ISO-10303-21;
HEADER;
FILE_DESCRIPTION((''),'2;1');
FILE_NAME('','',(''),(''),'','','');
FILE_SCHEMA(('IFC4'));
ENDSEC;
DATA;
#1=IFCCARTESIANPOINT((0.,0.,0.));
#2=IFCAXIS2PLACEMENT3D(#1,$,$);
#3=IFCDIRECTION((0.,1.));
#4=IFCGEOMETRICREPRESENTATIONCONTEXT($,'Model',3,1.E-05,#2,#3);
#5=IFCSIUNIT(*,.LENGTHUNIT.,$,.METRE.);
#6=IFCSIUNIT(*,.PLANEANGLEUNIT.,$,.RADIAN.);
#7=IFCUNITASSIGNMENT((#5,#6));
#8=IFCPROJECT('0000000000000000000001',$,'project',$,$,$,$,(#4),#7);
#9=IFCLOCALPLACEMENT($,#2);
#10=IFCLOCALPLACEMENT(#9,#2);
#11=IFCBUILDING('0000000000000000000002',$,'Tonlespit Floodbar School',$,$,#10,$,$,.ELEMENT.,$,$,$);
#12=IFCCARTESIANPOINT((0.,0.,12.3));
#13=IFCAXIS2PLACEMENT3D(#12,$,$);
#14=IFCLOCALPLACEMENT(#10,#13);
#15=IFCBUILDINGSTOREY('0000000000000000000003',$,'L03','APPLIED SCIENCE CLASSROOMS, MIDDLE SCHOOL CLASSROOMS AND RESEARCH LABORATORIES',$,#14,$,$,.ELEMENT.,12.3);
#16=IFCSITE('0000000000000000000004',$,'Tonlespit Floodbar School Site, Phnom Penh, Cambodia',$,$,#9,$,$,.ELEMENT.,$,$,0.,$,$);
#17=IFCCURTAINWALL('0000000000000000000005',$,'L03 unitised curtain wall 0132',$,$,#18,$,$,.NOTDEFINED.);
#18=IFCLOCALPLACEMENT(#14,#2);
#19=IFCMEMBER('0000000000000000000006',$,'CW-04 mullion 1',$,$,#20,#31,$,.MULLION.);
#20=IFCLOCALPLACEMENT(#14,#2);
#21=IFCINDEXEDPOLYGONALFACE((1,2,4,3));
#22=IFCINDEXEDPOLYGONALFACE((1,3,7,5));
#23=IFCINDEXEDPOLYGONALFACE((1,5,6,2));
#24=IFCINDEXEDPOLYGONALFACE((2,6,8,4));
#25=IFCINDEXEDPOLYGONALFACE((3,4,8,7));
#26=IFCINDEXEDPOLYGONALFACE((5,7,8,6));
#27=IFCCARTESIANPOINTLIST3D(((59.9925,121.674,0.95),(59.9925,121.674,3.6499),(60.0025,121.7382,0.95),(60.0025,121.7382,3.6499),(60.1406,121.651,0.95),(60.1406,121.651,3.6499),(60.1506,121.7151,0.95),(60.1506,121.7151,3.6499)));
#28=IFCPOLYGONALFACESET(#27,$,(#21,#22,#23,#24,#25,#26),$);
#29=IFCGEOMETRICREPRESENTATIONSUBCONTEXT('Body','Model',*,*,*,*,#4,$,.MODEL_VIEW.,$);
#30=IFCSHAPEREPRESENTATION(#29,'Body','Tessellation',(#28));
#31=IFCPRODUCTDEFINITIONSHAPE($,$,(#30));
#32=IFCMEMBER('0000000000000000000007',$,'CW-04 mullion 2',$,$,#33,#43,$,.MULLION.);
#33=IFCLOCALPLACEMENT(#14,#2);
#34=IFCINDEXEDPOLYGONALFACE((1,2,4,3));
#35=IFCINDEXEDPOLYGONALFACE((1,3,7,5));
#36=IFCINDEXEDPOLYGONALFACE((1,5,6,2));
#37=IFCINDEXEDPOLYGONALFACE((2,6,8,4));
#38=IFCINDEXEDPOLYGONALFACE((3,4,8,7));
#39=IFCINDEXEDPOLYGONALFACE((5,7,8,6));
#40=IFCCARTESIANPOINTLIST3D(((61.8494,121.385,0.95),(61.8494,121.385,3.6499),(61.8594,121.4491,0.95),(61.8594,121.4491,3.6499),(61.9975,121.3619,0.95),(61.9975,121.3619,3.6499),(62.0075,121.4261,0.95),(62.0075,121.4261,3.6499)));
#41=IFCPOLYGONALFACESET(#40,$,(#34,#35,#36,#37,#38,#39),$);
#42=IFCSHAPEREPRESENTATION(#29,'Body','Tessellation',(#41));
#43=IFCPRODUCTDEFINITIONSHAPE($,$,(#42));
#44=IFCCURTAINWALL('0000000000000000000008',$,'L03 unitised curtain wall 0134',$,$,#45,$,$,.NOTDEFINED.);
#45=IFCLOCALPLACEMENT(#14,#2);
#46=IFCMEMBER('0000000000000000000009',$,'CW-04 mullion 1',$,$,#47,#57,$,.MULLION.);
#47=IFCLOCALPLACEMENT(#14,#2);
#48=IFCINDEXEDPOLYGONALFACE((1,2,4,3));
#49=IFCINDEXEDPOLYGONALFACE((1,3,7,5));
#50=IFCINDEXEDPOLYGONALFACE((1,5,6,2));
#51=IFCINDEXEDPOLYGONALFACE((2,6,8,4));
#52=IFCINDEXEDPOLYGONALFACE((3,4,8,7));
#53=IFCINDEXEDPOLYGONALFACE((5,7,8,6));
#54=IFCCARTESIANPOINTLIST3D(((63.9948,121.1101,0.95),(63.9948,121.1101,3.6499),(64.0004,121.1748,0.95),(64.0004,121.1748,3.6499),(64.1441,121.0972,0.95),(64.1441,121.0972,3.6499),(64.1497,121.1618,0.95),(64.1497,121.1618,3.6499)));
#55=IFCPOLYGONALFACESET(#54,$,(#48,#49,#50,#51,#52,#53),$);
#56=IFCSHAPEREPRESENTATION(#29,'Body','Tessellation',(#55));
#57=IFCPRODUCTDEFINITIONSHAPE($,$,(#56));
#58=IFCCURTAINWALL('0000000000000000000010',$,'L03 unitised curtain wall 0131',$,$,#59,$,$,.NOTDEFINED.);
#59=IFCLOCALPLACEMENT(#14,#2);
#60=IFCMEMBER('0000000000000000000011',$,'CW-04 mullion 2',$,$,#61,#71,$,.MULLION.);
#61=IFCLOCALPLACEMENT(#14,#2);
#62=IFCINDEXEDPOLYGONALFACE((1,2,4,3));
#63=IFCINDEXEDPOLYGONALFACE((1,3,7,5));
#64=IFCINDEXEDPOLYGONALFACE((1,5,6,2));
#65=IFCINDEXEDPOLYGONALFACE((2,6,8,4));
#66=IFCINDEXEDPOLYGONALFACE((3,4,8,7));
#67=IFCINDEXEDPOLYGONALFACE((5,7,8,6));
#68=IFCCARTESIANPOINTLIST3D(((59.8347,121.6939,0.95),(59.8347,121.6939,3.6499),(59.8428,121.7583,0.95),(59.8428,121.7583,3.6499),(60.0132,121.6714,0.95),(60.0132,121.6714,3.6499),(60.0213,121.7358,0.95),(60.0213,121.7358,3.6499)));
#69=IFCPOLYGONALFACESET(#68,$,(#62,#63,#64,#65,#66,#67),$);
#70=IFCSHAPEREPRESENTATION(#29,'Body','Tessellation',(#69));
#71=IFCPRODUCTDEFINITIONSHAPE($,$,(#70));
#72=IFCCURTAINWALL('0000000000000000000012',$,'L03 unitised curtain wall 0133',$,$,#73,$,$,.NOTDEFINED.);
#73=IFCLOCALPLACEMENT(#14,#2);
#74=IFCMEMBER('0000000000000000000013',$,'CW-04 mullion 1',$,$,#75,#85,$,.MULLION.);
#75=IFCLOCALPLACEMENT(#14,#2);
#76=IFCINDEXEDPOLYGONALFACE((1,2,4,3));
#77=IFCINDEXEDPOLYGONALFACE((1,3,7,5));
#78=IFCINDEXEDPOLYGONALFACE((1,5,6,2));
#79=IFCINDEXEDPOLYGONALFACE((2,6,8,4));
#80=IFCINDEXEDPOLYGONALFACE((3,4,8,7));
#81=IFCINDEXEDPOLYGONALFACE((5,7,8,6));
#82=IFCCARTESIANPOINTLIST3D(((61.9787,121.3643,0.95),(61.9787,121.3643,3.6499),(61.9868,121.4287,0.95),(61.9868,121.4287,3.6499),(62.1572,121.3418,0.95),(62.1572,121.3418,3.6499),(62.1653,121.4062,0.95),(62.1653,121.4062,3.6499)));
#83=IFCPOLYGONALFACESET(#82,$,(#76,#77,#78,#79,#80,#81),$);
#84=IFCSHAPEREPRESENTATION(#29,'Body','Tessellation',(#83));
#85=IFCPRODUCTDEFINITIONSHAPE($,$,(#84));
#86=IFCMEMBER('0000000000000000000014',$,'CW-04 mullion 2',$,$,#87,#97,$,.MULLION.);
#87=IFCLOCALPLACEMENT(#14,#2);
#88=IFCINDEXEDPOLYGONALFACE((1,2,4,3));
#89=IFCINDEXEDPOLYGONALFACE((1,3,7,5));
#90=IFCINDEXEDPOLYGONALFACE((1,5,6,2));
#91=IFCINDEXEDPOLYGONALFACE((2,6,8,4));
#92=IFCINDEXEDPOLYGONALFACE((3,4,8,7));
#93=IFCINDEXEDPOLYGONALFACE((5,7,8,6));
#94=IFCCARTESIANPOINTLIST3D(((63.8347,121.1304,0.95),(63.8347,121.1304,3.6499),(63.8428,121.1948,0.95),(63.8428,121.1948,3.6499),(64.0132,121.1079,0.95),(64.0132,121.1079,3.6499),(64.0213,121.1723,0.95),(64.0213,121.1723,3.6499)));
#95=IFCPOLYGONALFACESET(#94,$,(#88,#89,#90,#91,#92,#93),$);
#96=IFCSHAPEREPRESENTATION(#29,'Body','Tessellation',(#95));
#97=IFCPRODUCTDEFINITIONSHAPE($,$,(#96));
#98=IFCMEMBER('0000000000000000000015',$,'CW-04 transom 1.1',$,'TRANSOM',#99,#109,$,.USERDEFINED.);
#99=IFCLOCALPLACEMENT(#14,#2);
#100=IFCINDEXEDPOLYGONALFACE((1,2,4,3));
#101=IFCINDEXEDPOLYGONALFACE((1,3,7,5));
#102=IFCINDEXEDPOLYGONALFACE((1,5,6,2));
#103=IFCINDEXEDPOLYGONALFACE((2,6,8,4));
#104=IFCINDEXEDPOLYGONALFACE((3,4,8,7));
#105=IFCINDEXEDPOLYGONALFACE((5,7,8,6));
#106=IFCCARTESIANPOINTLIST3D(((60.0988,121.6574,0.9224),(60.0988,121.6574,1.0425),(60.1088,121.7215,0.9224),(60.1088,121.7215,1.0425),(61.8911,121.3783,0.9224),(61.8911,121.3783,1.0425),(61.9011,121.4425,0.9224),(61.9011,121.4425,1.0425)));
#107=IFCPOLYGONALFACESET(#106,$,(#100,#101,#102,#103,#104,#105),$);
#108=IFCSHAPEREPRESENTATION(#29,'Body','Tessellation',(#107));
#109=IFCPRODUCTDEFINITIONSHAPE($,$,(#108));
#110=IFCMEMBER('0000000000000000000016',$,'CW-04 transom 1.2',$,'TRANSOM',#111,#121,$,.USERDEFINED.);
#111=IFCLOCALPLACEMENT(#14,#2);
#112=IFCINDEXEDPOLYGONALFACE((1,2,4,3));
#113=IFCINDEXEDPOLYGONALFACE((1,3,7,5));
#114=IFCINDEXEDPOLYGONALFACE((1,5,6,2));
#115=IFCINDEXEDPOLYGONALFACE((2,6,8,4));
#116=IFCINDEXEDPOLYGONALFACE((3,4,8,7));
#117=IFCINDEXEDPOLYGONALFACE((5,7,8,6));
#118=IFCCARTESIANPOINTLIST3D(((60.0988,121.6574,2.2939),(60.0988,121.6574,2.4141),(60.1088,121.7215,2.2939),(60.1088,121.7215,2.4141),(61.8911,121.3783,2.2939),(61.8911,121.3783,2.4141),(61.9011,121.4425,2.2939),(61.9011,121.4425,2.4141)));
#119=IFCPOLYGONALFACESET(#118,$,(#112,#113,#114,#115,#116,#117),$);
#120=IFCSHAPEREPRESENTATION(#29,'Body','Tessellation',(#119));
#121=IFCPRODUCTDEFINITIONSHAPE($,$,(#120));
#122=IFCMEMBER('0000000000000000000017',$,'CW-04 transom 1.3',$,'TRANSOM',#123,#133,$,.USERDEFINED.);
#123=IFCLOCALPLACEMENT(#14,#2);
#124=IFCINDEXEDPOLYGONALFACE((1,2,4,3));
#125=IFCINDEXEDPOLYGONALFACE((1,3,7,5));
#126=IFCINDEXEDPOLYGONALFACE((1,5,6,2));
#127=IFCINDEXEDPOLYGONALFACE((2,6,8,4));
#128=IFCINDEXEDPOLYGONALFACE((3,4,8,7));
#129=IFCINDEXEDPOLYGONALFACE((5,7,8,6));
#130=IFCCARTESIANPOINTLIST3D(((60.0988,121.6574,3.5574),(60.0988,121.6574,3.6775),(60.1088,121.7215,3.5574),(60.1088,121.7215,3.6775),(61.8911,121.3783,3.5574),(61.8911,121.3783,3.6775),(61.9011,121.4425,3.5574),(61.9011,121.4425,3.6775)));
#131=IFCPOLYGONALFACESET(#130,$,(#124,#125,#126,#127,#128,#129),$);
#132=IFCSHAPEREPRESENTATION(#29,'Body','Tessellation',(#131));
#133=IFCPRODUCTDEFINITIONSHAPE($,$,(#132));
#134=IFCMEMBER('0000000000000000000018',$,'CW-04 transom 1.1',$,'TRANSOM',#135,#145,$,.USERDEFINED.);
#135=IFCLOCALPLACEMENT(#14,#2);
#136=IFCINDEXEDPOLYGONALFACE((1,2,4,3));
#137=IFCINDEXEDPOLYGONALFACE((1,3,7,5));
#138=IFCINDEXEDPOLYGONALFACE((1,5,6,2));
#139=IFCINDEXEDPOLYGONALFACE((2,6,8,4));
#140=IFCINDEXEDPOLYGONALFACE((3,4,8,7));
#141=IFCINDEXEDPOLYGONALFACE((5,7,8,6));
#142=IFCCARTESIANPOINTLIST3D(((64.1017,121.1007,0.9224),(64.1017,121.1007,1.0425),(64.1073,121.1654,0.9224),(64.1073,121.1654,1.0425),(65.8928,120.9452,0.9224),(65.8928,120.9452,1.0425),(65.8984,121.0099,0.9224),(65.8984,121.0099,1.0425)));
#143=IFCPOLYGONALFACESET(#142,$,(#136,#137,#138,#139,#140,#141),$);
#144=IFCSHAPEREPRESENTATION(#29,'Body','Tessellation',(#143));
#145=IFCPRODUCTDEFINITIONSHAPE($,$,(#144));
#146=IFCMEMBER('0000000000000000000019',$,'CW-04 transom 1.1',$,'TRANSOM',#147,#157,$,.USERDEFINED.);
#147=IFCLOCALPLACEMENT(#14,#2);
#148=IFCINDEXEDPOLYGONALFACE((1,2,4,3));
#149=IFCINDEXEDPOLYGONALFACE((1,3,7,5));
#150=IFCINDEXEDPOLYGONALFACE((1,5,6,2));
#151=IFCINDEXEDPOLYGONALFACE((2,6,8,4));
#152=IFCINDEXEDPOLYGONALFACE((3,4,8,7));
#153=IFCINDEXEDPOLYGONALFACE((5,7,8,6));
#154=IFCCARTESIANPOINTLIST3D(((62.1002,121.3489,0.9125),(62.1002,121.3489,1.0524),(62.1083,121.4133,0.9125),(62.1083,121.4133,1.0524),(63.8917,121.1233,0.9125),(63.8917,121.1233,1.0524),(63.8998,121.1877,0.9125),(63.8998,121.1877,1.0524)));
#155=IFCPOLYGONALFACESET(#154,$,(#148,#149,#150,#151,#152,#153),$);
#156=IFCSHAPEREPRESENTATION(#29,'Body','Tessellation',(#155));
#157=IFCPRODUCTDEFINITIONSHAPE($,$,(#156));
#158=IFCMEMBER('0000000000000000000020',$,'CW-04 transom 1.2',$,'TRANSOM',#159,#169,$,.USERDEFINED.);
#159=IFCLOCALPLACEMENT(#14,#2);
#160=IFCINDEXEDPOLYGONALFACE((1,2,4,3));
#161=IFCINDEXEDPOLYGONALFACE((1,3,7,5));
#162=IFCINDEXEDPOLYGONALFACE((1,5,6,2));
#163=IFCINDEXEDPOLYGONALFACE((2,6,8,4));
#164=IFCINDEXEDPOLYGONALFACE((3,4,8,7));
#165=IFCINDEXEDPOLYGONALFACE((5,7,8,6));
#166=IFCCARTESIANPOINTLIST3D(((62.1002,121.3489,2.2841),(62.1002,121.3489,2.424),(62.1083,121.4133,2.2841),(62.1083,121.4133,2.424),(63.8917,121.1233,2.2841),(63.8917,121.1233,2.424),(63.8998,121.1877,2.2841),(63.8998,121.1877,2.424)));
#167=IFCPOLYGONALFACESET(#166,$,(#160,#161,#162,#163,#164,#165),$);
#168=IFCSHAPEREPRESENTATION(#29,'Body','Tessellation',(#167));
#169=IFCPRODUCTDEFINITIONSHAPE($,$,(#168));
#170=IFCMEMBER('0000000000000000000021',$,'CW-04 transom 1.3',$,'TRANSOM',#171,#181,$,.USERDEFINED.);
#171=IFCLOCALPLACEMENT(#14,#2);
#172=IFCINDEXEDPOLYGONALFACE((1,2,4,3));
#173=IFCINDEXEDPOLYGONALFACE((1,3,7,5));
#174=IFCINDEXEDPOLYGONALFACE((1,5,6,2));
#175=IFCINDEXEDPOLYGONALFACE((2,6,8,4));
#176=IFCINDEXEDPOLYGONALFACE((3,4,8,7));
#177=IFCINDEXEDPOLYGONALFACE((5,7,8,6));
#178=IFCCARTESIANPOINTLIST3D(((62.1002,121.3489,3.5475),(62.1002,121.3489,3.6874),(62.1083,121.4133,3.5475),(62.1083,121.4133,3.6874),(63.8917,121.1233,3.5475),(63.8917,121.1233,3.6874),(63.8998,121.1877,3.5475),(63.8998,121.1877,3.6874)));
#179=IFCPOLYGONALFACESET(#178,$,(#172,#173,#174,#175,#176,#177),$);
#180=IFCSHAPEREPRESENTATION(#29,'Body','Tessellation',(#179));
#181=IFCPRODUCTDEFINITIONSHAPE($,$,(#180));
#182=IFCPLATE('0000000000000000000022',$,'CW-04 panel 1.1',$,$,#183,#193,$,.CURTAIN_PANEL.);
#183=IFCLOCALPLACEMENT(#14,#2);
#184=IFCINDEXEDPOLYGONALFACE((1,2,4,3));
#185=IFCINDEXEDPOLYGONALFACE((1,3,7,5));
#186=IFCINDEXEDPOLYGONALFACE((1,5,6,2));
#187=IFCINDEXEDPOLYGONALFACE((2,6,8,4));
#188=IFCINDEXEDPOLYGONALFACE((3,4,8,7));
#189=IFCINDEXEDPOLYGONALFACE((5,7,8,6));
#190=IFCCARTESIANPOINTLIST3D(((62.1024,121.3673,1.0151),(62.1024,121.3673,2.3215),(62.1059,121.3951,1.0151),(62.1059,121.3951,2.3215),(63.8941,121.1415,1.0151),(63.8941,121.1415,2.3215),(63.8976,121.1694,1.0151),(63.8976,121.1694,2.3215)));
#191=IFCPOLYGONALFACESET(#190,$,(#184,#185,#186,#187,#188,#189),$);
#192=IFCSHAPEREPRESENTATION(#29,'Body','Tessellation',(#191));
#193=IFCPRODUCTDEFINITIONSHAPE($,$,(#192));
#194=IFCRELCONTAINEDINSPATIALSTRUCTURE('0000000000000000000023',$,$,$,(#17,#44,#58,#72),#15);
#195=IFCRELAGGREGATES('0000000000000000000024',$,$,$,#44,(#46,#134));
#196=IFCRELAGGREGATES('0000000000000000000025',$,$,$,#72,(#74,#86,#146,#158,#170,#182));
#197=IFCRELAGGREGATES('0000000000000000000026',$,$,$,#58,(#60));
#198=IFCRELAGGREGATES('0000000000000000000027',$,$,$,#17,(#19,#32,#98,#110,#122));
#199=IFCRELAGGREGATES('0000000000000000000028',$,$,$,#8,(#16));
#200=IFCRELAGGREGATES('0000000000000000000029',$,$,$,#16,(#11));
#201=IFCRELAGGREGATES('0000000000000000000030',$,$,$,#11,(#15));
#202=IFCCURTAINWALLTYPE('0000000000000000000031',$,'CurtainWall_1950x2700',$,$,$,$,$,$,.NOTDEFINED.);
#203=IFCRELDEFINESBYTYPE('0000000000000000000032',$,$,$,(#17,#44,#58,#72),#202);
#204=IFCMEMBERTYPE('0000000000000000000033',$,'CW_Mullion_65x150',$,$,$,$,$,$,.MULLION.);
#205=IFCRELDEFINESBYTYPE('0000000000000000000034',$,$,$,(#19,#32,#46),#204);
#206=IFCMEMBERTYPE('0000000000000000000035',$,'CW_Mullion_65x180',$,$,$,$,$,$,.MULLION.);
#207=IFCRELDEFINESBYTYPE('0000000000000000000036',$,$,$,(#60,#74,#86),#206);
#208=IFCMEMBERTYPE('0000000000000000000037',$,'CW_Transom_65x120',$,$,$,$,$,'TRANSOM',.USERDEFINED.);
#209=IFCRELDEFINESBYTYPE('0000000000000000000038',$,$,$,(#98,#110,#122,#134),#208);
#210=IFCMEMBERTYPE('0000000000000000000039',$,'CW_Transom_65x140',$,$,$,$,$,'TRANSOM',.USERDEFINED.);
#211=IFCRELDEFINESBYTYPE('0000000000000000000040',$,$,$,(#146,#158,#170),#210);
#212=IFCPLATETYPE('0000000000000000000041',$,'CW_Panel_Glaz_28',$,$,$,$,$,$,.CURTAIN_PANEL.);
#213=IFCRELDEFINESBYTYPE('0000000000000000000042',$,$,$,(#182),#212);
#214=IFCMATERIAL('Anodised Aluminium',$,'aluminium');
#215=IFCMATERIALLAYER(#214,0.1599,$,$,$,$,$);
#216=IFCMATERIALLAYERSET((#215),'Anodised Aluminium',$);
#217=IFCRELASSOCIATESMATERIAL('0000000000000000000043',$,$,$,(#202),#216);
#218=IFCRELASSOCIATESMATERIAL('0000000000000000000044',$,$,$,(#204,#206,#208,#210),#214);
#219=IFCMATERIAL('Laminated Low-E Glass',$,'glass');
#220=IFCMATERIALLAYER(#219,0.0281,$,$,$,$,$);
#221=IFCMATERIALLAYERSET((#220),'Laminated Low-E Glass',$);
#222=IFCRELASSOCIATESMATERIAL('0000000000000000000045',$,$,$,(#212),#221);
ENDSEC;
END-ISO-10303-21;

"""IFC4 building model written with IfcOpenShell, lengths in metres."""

from ifc_helpers import new_model, si_unit, direction, frame, origin, origin_2d, place, context, subcontext, project, spatial, rectangle, extrude, material, layer, layer_set, material_profile, profile_set, type_object, element, aggregate, save


model = new_model("IFC4")

# Units and contexts
model_context = context("Model", 3, precision=1e-05, world=origin(), true_north=direction((0.0, 1.0)))
body_context = subcontext(model_context, "Body", "Model", "MODEL_VIEW")
ifc_project = project(units=[si_unit("LENGTHUNIT", "METRE"), si_unit("PLANEANGLEUNIT", "RADIAN")], contexts=[model_context])

# Site, building, storey
site_placement = place(None, origin())
site = spatial("IfcSite", under=ifc_project, at=site_placement, Name="Tonlespit Floodbar School Site, Phnom Penh, Cambodia", CompositionType="ELEMENT", RefElevation=0.0)
building_placement = place(site_placement, origin())
building = spatial("IfcBuilding", under=site, at=building_placement, Name="Tonlespit Floodbar School", CompositionType="ELEMENT")
storey_placement = place(building_placement, frame((0.0, 0.0, 12.3)))
storey = spatial("IfcBuildingStorey", under=building, at=storey_placement, Name="L03", Description="APPLIED SCIENCE CLASSROOMS, MIDDLE SCHOOL CLASSROOMS AND RESEARCH LABORATORIES", CompositionType="ELEMENT", Elevation=12.3)

# Curtain wall, members
ifc_material_1 = material(Name="Anodised Aluminium", Category="aluminium")
ifc_layer_1 = layer(ifc_material_1, 0.1599)
ifc_layer_set_1 = layer_set([ifc_layer_1], Name="Anodised Aluminium")
curtain_wall_type = type_object("IfcCurtainWallType", Name="CurtainWall_1950x2700", PredefinedType="NOTDEFINED", material=ifc_layer_set_1)
curtain_wall_1_placement = place(storey_placement, origin())
curtain_wall_1 = element("IfcCurtainWall", 1, at=curtain_wall_1_placement, inside=storey, type_object=curtain_wall_type, Name="L03 unitised curtain wall 0132", PredefinedType="NOTDEFINED")
ifc_material_profile_1 = material_profile(ifc_material_1, rectangle(XDim=0.0649, YDim=0.1499, at=origin_2d()), Name="ALU M65x150")
ifc_profile_set_1 = profile_set([ifc_material_profile_1], Name="Anodised Aluminium")
member_type_1 = type_object("IfcMemberType", Name="CW_Mullion_65x150", PredefinedType="MULLION", material=ifc_profile_set_1)
member_1_placement = place(storey_placement, frame((60.0715, 121.6946, 0.95), z_axis=(0.0, 0.0, 1.0), x_axis=(0.153796, 0.988103, 0.0)))
member_1 = element("IfcMember", 2, at=member_1_placement, type_object=member_type_1, Name="CW-04 mullion 1", PredefinedType="MULLION", context=body_context, shape_type="SweptSolid", body=[
    extrude(rectangle(XDim=0.0649, YDim=0.1499, at=origin_2d()), origin(), (0.0, 0.0, 1.0), 2.7),
])
member_2_placement = place(storey_placement, frame((61.9285, 121.4055, 0.95), z_axis=(0.0, 0.0, 1.0), x_axis=(0.153796, 0.988103, 0.0)))
member_2 = element("IfcMember", 3, at=member_2_placement, type_object=member_type_1, Name="CW-04 mullion 2", PredefinedType="MULLION", context=body_context, shape_type="SweptSolid", body=[
    extrude(rectangle(XDim=0.0649, YDim=0.1499, at=origin_2d()), origin(), (0.0, 0.0, 1.0), 2.7),
])

# Curtain walls, members
curtain_wall_2_placement = place(storey_placement, origin())
curtain_wall_2 = element("IfcCurtainWall", 4, at=curtain_wall_2_placement, inside=storey, type_object=curtain_wall_type, Name="L03 unitised curtain wall 0134", PredefinedType="NOTDEFINED")
member_3_placement = place(storey_placement, frame((64.0723, 121.136, 0.95), z_axis=(0.0, 0.0, 1.0), x_axis=(0.086531, 0.996249, 0.0)))
member_3 = element("IfcMember", 5, at=member_3_placement, type_object=member_type_1, Name="CW-04 mullion 1", PredefinedType="MULLION", context=body_context, shape_type="SweptSolid", body=[
    extrude(rectangle(XDim=0.0649, YDim=0.1499, at=origin_2d()), origin(), (0.0, 0.0, 1.0), 2.7),
])
curtain_wall_3_placement = place(storey_placement, origin())
curtain_wall_3 = element("IfcCurtainWall", 6, at=curtain_wall_3_placement, inside=storey, type_object=curtain_wall_type, Name="L03 unitised curtain wall 0131", PredefinedType="NOTDEFINED")
ifc_material_profile_2 = material_profile(ifc_material_1, rectangle(XDim=0.0649, YDim=0.1799, at=origin_2d()), Name="ALU M65x180")
ifc_profile_set_2 = profile_set([ifc_material_profile_2], Name="Anodised Aluminium")
member_type_2 = type_object("IfcMemberType", Name="CW_Mullion_65x180", PredefinedType="MULLION", material=ifc_profile_set_2)
member_4_placement = place(storey_placement, frame((59.928, 121.7148, 0.95), z_axis=(0.0, 0.0, 1.0), x_axis=(0.125014, 0.992155, 0.0)))
member_4 = element("IfcMember", 7, at=member_4_placement, type_object=member_type_2, Name="CW-04 mullion 2", PredefinedType="MULLION", context=body_context, shape_type="SweptSolid", body=[
    extrude(rectangle(XDim=0.0649, YDim=0.1799, at=origin_2d()), origin(), (0.0, 0.0, 1.0), 2.7),
])

# Curtain wall, members
curtain_wall_4_placement = place(storey_placement, origin())
curtain_wall_4 = element("IfcCurtainWall", 8, at=curtain_wall_4_placement, inside=storey, type_object=curtain_wall_type, Name="L03 unitised curtain wall 0133", PredefinedType="NOTDEFINED")
member_5_placement = place(storey_placement, frame((62.072, 121.3853, 0.95), z_axis=(0.0, 0.0, 1.0), x_axis=(0.125014, 0.992155, 0.0)))
member_5 = element("IfcMember", 9, at=member_5_placement, type_object=member_type_2, Name="CW-04 mullion 1", PredefinedType="MULLION", context=body_context, shape_type="SweptSolid", body=[
    extrude(rectangle(XDim=0.0649, YDim=0.1799, at=origin_2d()), origin(), (0.0, 0.0, 1.0), 2.7),
])
member_6_placement = place(storey_placement, frame((63.928, 121.1514, 0.95), z_axis=(0.0, 0.0, 1.0), x_axis=(0.125014, 0.992155, 0.0)))
member_6 = element("IfcMember", 10, at=member_6_placement, type_object=member_type_2, Name="CW-04 mullion 2", PredefinedType="MULLION", context=body_context, shape_type="SweptSolid", body=[
    extrude(rectangle(XDim=0.0649, YDim=0.1799, at=origin_2d()), origin(), (0.0, 0.0, 1.0), 2.7),
])

# Members
ifc_material_profile_3 = material_profile(ifc_material_1, rectangle(XDim=0.0649, YDim=0.1201, at=origin_2d()), Name="ALU T65x120")
ifc_profile_set_3 = profile_set([ifc_material_profile_3], Name="Anodised Aluminium")
member_type_3 = type_object("IfcMemberType", Name="CW_Transom_65x120", ElementType="TRANSOM", PredefinedType="USERDEFINED", material=ifc_profile_set_3)
member_7_placement = place(storey_placement, frame((60.1038, 121.6895, 0.9824), z_axis=(0.988098, -0.153827, 0.0), x_axis=(0.153827, 0.988098, 0.0)))
member_7 = element("IfcMember", 11, at=member_7_placement, type_object=member_type_3, Name="CW-04 transom 1.1", ObjectType="TRANSOM", PredefinedType="USERDEFINED", context=body_context, shape_type="SweptSolid", body=[
    extrude(rectangle(XDim=0.0649, YDim=0.1201, at=origin_2d()), origin(), (0.0, 0.0, 1.0), 1.814),
])
member_8_placement = place(storey_placement, frame((60.1038, 121.6895, 2.354), z_axis=(0.988098, -0.153827, 0.0), x_axis=(0.153827, 0.988098, 0.0)))
member_8 = element("IfcMember", 12, at=member_8_placement, type_object=member_type_3, Name="CW-04 transom 1.2", ObjectType="TRANSOM", PredefinedType="USERDEFINED", context=body_context, shape_type="SweptSolid", body=[
    extrude(rectangle(XDim=0.0649, YDim=0.1201, at=origin_2d()), origin(), (0.0, 0.0, 1.0), 1.814),
])
member_9_placement = place(storey_placement, frame((60.1038, 121.6895, 3.6174), z_axis=(0.988098, -0.153827, 0.0), x_axis=(0.153827, 0.988098, 0.0)))
member_9 = element("IfcMember", 13, at=member_9_placement, type_object=member_type_3, Name="CW-04 transom 1.3", ObjectType="TRANSOM", PredefinedType="USERDEFINED", context=body_context, shape_type="SweptSolid", body=[
    extrude(rectangle(XDim=0.0649, YDim=0.1201, at=origin_2d()), origin(), (0.0, 0.0, 1.0), 1.814),
])
member_10_placement = place(storey_placement, frame((64.1045, 121.1331, 0.9824), z_axis=(0.996251, -0.086507, 0.0), x_axis=(0.086507, 0.996251, 0.0)))
member_10 = element("IfcMember", 14, at=member_10_placement, type_object=member_type_3, Name="CW-04 transom 1.1", ObjectType="TRANSOM", PredefinedType="USERDEFINED", context=body_context, shape_type="SweptSolid", body=[
    extrude(rectangle(XDim=0.0649, YDim=0.1201, at=origin_2d()), origin(), (0.0, 0.0, 1.0), 1.7979),
])
aggregate(curtain_wall_2, [member_3, member_10])
ifc_material_profile_4 = material_profile(ifc_material_1, rectangle(XDim=0.0649, YDim=0.1399, at=origin_2d()), Name="ALU T65x140")
ifc_profile_set_4 = profile_set([ifc_material_profile_4], Name="Anodised Aluminium")
member_type_4 = type_object("IfcMemberType", Name="CW_Transom_65x140", ElementType="TRANSOM", PredefinedType="USERDEFINED", material=ifc_profile_set_4)
member_11_placement = place(storey_placement, frame((62.1042, 121.3811, 0.9824), z_axis=(0.992165, -0.124933, 0.0), x_axis=(0.124933, 0.992165, 0.0)))
member_11 = element("IfcMember", 15, at=member_11_placement, type_object=member_type_4, Name="CW-04 transom 1.1", ObjectType="TRANSOM", PredefinedType="USERDEFINED", context=body_context, shape_type="SweptSolid", body=[
    extrude(rectangle(XDim=0.0649, YDim=0.1399, at=origin_2d()), origin(), (0.0, 0.0, 1.0), 1.8057),
])
member_12_placement = place(storey_placement, frame((62.1042, 121.3811, 2.354), z_axis=(0.992165, -0.124933, 0.0), x_axis=(0.124933, 0.992165, 0.0)))
member_12 = element("IfcMember", 16, at=member_12_placement, type_object=member_type_4, Name="CW-04 transom 1.2", ObjectType="TRANSOM", PredefinedType="USERDEFINED", context=body_context, shape_type="SweptSolid", body=[
    extrude(rectangle(XDim=0.0649, YDim=0.1399, at=origin_2d()), origin(), (0.0, 0.0, 1.0), 1.8057),
])
member_13_placement = place(storey_placement, frame((62.1042, 121.3811, 3.6174), z_axis=(0.992165, -0.124933, 0.0), x_axis=(0.124933, 0.992165, 0.0)))
member_13 = element("IfcMember", 17, at=member_13_placement, type_object=member_type_4, Name="CW-04 transom 1.3", ObjectType="TRANSOM", PredefinedType="USERDEFINED", context=body_context, shape_type="SweptSolid", body=[
    extrude(rectangle(XDim=0.0649, YDim=0.1399, at=origin_2d()), origin(), (0.0, 0.0, 1.0), 1.8057),
])

# Plate
ifc_material_2 = material(Name="Laminated Low-E Glass", Category="glass")
ifc_layer_2 = layer(ifc_material_2, 0.0281)
ifc_layer_set_2 = layer_set([ifc_layer_2], Name="Laminated Low-E Glass")
plate_type_1 = type_object("IfcPlateType", Name="CW_Panel_Glaz_28", PredefinedType="CURTAIN_PANEL", material=ifc_layer_set_2)
plate_1_placement = place(storey_placement, frame((63.0, 121.2683, 1.0151), z_axis=(0.0, 0.0, 1.0), x_axis=(0.992155, -0.125014, 0.0)))
plate_1 = element("IfcPlate", 18, at=plate_1_placement, type_object=plate_type_1, Name="CW-04 panel 1.1", PredefinedType="CURTAIN_PANEL", context=body_context, shape_type="SweptSolid", body=[
    extrude(rectangle(XDim=1.8059, YDim=0.0281, at=origin_2d()), origin(), (0.0, 0.0, 1.0), 1.3064),
])
aggregate(curtain_wall_4, [member_5, member_6, member_11, member_12, member_13, plate_1])
aggregate(curtain_wall_3, [member_4])
aggregate(curtain_wall_1, [member_1, member_2, member_7, member_8, member_9])

save(model, "model.ifc")
